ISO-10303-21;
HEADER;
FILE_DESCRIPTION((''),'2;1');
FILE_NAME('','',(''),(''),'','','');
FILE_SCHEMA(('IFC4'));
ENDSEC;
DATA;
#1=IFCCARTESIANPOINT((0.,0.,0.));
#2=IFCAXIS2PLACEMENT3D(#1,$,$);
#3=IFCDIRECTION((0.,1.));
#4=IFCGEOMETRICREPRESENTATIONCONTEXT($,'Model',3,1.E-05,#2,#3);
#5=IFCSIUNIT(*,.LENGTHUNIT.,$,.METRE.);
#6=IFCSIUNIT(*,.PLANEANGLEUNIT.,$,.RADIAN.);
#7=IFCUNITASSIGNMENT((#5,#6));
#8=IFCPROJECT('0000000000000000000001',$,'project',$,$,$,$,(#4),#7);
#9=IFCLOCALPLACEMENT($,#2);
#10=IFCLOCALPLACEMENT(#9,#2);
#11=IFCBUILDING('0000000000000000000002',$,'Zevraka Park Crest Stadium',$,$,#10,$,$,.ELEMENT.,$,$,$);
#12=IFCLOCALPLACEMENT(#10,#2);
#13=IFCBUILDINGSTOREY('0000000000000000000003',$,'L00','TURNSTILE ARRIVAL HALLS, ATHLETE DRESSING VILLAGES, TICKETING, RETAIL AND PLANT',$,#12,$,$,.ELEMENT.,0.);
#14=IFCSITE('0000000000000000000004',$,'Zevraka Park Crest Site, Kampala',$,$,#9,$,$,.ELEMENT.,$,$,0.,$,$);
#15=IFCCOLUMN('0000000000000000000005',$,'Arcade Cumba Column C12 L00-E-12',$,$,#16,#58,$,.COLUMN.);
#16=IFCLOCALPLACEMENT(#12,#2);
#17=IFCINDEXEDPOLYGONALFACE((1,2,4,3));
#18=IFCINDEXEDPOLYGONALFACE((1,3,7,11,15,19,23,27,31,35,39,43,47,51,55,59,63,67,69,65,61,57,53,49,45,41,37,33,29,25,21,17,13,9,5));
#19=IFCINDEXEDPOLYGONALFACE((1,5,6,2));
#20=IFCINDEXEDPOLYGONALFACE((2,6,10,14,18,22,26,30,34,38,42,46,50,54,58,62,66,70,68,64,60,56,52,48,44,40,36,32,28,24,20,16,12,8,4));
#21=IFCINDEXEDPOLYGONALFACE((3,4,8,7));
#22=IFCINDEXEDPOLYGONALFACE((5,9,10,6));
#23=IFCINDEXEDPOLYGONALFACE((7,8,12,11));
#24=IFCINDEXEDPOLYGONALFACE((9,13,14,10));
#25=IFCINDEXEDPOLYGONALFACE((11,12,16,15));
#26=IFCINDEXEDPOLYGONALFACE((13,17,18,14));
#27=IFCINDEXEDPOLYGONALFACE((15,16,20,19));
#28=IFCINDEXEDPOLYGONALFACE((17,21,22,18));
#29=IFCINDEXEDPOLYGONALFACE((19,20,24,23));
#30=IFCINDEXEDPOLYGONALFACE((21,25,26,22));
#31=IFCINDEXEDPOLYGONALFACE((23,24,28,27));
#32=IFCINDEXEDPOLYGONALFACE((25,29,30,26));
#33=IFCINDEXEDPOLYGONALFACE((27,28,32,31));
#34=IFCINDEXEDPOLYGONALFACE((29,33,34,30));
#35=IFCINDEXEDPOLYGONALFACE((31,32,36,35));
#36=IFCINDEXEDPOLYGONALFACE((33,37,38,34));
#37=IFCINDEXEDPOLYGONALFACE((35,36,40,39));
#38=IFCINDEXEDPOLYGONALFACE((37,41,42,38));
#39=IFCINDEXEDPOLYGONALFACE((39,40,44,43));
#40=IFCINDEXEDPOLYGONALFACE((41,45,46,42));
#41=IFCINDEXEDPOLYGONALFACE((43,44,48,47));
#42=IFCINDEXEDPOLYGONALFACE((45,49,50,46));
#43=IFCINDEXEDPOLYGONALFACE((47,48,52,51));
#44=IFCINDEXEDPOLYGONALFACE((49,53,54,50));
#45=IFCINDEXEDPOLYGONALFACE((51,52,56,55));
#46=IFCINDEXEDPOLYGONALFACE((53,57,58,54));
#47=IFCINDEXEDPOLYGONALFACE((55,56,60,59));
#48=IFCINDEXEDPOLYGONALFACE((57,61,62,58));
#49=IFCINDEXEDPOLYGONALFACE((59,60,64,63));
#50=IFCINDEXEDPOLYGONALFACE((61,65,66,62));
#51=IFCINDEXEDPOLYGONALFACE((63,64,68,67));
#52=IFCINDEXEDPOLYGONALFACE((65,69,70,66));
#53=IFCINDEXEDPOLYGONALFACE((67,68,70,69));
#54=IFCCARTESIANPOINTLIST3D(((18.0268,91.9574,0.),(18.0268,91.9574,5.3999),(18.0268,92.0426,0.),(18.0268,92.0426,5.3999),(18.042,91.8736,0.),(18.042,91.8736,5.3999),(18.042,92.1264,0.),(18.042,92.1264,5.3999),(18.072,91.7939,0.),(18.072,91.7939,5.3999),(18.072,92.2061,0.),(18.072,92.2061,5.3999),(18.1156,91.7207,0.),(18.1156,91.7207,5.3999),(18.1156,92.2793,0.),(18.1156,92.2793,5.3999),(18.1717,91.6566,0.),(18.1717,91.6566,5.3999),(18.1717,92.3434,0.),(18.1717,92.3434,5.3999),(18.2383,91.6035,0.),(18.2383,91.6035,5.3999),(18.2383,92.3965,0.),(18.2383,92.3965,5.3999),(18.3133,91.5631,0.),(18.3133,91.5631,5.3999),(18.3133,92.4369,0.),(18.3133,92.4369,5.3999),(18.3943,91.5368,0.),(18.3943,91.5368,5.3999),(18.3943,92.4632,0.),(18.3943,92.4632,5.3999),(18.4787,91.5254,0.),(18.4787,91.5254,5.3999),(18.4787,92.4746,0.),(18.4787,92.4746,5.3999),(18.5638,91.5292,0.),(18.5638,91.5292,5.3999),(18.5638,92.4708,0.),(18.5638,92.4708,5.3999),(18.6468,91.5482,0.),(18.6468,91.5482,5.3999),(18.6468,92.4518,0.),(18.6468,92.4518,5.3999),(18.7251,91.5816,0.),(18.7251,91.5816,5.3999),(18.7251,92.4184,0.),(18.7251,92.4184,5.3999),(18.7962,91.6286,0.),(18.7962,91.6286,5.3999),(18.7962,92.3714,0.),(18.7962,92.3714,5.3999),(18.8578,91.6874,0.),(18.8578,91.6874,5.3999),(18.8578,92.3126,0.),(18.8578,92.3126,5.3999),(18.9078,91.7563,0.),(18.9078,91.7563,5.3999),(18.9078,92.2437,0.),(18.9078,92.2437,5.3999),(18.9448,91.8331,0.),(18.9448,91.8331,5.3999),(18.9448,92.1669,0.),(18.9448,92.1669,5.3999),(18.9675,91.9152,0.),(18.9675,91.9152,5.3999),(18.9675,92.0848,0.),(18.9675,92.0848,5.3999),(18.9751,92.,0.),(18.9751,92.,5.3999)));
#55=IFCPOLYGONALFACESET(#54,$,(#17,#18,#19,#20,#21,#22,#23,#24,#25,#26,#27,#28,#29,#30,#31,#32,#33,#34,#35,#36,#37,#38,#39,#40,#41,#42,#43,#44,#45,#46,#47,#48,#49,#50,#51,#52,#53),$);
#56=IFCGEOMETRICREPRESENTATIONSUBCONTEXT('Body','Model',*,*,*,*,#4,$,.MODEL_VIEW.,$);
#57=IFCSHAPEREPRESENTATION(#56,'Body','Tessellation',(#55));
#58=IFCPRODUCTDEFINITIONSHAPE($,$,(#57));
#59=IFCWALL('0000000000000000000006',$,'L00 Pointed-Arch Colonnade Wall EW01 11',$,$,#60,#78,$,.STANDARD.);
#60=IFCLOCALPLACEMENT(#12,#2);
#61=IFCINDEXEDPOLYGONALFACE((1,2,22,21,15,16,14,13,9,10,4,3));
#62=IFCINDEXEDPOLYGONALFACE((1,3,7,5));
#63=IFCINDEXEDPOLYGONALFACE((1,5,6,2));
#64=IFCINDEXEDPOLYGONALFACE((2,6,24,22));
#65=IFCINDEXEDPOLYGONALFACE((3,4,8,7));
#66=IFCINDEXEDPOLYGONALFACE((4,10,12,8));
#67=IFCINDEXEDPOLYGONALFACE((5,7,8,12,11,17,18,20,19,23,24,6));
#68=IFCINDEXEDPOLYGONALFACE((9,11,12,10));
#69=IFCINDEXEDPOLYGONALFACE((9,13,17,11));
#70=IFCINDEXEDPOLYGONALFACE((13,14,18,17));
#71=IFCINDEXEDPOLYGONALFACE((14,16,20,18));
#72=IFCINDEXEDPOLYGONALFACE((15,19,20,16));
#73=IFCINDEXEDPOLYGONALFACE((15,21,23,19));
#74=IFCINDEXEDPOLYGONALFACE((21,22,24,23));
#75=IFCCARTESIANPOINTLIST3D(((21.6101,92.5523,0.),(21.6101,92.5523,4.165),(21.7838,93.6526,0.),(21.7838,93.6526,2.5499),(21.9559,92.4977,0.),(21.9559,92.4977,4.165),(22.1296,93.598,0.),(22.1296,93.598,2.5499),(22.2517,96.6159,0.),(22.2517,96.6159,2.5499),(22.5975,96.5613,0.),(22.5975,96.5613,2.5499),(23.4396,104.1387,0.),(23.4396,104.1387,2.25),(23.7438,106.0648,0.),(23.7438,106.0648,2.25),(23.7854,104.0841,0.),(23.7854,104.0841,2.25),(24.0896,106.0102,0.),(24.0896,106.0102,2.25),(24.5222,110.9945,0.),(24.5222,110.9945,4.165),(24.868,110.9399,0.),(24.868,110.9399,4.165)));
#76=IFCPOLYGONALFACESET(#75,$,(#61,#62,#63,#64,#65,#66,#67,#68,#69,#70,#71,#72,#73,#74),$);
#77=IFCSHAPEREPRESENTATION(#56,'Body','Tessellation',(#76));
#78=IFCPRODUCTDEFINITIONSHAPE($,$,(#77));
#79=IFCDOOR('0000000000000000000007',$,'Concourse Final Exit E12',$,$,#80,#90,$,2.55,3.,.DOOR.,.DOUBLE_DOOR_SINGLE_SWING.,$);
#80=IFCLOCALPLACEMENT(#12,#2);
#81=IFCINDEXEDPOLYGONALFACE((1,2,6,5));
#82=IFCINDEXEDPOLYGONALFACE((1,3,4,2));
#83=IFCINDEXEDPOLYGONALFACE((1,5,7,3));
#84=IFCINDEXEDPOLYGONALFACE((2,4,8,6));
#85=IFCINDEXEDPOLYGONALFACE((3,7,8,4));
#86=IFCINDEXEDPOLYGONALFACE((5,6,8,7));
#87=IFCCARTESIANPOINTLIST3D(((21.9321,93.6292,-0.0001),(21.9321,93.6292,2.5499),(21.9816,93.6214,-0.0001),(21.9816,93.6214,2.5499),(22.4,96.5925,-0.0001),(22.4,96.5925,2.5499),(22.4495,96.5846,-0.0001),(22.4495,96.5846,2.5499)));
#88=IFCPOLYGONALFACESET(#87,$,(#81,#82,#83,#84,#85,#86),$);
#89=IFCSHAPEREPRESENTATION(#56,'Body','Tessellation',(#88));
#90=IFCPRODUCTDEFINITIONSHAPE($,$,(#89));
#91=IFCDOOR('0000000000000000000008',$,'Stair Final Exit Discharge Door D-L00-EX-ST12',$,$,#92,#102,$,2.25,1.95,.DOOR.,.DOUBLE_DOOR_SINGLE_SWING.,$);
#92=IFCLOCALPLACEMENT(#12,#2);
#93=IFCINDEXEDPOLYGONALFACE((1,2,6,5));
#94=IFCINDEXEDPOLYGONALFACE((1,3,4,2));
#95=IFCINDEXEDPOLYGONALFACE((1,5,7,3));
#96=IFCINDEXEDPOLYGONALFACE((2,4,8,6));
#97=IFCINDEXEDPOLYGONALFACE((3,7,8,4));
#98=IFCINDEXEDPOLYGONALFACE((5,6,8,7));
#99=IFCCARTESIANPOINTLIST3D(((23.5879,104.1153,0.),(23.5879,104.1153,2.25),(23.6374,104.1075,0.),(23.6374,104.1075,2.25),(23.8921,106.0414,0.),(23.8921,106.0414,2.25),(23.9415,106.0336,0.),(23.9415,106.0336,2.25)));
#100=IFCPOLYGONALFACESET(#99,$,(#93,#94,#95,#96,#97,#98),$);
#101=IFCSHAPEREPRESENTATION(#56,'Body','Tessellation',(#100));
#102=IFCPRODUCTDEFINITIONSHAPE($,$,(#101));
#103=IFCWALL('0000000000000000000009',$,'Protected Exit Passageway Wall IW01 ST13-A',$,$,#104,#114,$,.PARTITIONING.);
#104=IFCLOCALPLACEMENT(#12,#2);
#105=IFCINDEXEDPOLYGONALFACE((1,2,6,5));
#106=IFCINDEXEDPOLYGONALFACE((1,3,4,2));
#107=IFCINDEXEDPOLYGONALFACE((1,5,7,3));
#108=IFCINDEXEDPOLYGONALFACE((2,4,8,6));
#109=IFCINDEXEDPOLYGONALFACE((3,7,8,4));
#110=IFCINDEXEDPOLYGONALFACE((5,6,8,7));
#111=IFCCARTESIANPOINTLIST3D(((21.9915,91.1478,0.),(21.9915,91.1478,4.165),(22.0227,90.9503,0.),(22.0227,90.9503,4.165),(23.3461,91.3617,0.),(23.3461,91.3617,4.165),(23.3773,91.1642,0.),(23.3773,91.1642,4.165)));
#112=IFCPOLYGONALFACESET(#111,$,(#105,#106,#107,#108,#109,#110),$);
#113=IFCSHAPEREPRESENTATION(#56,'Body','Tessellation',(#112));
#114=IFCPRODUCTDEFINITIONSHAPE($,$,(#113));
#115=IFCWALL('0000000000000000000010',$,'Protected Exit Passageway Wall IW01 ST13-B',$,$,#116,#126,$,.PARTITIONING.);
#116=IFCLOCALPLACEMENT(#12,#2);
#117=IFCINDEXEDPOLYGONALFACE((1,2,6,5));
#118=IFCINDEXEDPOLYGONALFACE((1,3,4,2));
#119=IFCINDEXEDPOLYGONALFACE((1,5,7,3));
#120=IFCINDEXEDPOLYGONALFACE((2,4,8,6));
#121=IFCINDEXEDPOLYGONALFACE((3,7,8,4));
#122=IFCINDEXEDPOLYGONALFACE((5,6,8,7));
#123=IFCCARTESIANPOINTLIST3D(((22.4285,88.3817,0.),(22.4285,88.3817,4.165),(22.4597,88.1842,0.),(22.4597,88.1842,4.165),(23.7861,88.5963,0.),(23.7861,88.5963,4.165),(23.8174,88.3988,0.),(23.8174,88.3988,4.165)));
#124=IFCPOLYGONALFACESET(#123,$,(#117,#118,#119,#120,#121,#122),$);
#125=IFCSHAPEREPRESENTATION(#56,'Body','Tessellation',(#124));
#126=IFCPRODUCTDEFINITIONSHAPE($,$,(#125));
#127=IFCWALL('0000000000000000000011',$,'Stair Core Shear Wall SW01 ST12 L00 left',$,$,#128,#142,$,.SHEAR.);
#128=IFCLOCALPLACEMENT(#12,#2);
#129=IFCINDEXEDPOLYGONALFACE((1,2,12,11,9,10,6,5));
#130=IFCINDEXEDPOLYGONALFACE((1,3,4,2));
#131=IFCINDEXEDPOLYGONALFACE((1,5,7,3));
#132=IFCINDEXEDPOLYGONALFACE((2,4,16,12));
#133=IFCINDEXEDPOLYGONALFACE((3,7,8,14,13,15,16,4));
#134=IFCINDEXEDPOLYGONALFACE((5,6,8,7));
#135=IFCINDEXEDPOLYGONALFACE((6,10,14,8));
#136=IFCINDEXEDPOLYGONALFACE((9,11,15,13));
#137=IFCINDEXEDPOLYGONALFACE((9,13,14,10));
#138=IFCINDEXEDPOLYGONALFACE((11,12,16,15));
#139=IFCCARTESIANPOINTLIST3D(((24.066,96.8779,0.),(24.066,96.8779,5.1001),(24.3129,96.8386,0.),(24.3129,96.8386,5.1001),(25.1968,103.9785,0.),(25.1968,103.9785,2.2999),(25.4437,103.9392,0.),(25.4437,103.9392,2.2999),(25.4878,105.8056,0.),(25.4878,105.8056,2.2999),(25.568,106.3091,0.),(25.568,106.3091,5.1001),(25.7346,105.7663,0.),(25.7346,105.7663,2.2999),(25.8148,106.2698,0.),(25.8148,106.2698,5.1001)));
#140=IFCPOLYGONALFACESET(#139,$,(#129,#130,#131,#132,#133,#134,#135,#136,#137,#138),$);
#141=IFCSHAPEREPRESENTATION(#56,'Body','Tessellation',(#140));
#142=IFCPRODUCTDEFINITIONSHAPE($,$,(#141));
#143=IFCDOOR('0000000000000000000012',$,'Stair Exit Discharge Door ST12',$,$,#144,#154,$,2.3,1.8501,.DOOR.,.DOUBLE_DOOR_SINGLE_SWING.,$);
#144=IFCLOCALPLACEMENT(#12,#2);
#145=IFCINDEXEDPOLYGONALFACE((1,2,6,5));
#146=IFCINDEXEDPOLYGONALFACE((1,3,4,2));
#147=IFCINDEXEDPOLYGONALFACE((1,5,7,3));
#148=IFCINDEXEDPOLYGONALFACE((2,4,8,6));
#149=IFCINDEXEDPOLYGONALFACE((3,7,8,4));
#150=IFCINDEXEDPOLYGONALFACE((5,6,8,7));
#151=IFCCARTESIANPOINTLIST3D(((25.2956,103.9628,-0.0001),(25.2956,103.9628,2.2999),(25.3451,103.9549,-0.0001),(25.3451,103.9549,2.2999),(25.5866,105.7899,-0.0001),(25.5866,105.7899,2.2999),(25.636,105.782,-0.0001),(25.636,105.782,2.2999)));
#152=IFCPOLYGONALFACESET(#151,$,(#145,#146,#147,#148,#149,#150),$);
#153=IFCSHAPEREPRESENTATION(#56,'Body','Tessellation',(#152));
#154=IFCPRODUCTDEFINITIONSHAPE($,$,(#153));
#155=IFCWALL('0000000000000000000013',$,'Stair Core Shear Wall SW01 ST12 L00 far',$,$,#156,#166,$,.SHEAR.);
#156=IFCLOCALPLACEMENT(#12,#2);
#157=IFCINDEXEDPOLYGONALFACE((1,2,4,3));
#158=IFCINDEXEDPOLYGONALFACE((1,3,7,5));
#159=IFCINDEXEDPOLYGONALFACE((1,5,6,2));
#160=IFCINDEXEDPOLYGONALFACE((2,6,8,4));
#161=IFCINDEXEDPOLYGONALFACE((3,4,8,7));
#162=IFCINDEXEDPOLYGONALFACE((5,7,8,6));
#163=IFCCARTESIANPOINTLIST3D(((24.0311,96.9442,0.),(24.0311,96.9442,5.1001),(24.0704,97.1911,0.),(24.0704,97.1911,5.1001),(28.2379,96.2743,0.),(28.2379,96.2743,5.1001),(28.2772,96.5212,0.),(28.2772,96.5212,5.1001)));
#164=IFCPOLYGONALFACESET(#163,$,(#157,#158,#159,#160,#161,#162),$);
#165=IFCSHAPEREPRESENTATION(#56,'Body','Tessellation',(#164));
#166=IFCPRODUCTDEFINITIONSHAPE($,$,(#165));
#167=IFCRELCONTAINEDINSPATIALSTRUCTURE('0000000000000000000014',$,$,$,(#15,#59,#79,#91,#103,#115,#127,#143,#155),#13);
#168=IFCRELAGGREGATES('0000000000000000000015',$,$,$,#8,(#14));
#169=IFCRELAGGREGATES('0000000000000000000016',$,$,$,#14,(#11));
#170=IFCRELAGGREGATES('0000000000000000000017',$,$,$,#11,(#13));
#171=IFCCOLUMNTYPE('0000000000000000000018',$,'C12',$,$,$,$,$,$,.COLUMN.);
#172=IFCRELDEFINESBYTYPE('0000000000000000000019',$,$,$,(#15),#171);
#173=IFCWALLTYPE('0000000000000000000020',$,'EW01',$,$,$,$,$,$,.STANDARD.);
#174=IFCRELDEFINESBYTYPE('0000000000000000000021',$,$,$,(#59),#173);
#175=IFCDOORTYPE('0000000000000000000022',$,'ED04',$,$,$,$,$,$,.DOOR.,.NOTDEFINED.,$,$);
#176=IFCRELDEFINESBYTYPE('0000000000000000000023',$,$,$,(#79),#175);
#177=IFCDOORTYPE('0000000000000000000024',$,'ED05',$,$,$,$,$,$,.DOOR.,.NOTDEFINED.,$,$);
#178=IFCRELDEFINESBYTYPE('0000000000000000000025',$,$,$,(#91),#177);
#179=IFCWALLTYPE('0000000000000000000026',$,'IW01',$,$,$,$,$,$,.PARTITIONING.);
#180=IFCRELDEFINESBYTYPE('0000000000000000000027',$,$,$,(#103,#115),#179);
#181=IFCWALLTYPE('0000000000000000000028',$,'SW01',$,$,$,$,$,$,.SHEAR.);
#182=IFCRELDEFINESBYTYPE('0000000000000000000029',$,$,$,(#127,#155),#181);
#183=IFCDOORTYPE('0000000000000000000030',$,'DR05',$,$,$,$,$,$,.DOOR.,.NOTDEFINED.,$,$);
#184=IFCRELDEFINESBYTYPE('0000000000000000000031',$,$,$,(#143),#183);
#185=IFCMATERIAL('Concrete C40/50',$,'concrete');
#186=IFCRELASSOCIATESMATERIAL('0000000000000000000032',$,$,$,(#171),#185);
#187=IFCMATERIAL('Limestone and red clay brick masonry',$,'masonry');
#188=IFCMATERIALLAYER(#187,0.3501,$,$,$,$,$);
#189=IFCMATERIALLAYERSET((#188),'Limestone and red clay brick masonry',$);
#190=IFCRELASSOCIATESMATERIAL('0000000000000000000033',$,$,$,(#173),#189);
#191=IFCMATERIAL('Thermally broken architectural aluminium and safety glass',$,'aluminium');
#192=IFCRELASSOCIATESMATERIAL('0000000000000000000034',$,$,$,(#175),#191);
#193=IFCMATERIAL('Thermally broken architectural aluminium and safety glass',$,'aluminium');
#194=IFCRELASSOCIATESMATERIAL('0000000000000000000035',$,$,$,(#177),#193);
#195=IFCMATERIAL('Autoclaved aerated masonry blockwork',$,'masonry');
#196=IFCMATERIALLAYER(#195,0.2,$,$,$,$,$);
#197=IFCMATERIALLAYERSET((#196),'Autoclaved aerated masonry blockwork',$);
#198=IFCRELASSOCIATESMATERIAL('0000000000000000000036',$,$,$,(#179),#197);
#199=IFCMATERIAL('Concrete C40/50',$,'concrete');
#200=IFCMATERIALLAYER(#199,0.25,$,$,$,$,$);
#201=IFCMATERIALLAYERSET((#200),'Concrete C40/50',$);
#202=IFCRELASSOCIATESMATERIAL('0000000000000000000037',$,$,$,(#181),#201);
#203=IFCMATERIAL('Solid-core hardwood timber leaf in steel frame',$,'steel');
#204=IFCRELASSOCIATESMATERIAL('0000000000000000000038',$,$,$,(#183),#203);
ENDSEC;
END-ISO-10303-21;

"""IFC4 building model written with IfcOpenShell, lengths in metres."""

from ifc_helpers import new_model, si_unit, direction, frame, frame_2d, origin, origin_2d, place, context, subcontext, project, spatial, rectangle, circle, extrude, material, layer, layer_set, material_profile, profile_set, type_object, element, fill, save


model = new_model("IFC4")

# Units and contexts
model_context = context("Model", 3, precision=1e-05, world=origin(), true_north=direction((0.0, 1.0)))
body_context = subcontext(model_context, "Body", "Model", "MODEL_VIEW")
ifc_project = project(units=[si_unit("LENGTHUNIT", "METRE"), si_unit("PLANEANGLEUNIT", "RADIAN")], contexts=[model_context])

# Site, building, storey
site_placement = place(None, origin())
site = spatial("IfcSite", under=ifc_project, at=site_placement, Name="Zevraka Park Crest Site, Kampala", CompositionType="ELEMENT", RefElevation=0.0)
building_placement = place(site_placement, origin())
building = spatial("IfcBuilding", under=site, at=building_placement, Name="Zevraka Park Crest Stadium", CompositionType="ELEMENT")
storey_placement = place(building_placement, origin())
storey = spatial("IfcBuildingStorey", under=building, at=storey_placement, Name="L00", Description="TURNSTILE ARRIVAL HALLS, ATHLETE DRESSING VILLAGES, TICKETING, RETAIL AND PLANT", CompositionType="ELEMENT", Elevation=0.0)

# Column
ifc_material_1 = material(Name="Concrete C40/50", Category="concrete")
ifc_material_profile_1 = material_profile(ifc_material_1, circle(Radius=0.4751, at=origin_2d()), Name="RC D950")
ifc_profile_set_1 = profile_set([ifc_material_profile_1], Name="Concrete C40/50")
column_type_1 = type_object("IfcColumnType", Name="C12", PredefinedType="COLUMN", material=ifc_profile_set_1)
column_1_placement = place(storey_placement, frame((18.5, 92.0, 0.0), z_axis=(0.0, 0.0, 1.0), x_axis=(1.0, 0.0, 0.0)))
element("IfcColumn", 1, at=column_1_placement, inside=storey, type_object=column_type_1, Name="Arcade Cumba Column C12 L00-E-12", PredefinedType="COLUMN", context=body_context, shape_type="SweptSolid", body=[
    extrude(circle(Radius=0.4751, at=origin_2d()), origin(), (0.0, 0.0, 1.0), 5.3999),
])

# Wall, openings, doors
ifc_material_2 = material(Name="Limestone and red clay brick masonry", Category="masonry")
ifc_layer_1 = layer(ifc_material_2, 0.3501)
ifc_layer_set_1 = layer_set([ifc_layer_1], Name="Limestone and red clay brick masonry")
wall_type_1 = type_object("IfcWallType", Name="EW01", PredefinedType="STANDARD", material=ifc_layer_set_1)
wall_1_placement = place(storey_placement, frame((21.783, 92.5249, 0.0), z_axis=(0.0, 0.0, 1.0), x_axis=(0.155973, 0.987761, 0.0)))
wall_1 = element("IfcWall", 2, at=wall_1_placement, inside=storey, type_object=wall_type_1, Name="L00 Pointed-Arch Colonnade Wall EW01 11", PredefinedType="STANDARD", context=body_context, shape_type="SweptSolid", body=[
    extrude(rectangle(XDim=18.6707, YDim=0.3501, at=frame_2d((9.3354, 0.0))), origin(), (0.0, 0.0, 1.0), 4.165),
])
opening_1_placement = place(wall_1_placement, frame((11.73, 0.0, 0.0)))
opening_1 = element("IfcOpeningElement", 3, at=opening_1_placement, cuts=wall_1, PredefinedType="OPENING", context=body_context, shape_type="SweptSolid", body=[
    extrude(rectangle(XDim=1.95, YDim=2.25, at=frame_2d((0.9751, 1.125))), frame((0.0, 0.1851, 0.0), z_axis=(0.0, -1.0, 0.0), x_axis=(1.0, 0.0, 0.0)), (0.0, 0.0, 1.0), 0.3701),
])
opening_2_placement = place(wall_1_placement, frame((1.114, 0.0, 0.0)))
opening_2 = element("IfcOpeningElement", 4, at=opening_2_placement, cuts=wall_1, PredefinedType="OPENING", context=body_context, shape_type="SweptSolid", body=[
    extrude(rectangle(XDim=3.0, YDim=2.55, at=frame_2d((1.5, 1.2749))), frame((0.0, 0.1851, 0.0), z_axis=(0.0, -1.0, 0.0), x_axis=(1.0, 0.0, 0.0)), (0.0, 0.0, 1.0), 0.3701),
])
ifc_material_3 = material(Name="Thermally broken architectural aluminium and safety glass", Category="aluminium")
door_type_1 = type_object("IfcDoorType", Name="ED04", OperationType="NOTDEFINED", PredefinedType="DOOR", material=ifc_material_3)
door_1_placement = place(opening_2_placement, origin())
door_1 = element("IfcDoor", 5, at=door_1_placement, inside=storey, type_object=door_type_1, Name="Concourse Final Exit E12", OperationType="DOUBLE_DOOR_SINGLE_SWING", OverallHeight=2.55, OverallWidth=3.0, PredefinedType="DOOR", context=body_context, shape_type="SweptSolid", body=[
    extrude(rectangle(XDim=3.0, YDim=2.55, at=frame_2d((1.5, 1.2749))), frame((0.0, 0.0249, 0.0), z_axis=(0.0, -1.0, 0.0), x_axis=(1.0, 0.0, 0.0)), (0.0, 0.0, 1.0), 0.05),
])
fill(opening_2, door_1)
ifc_material_4 = material(Name="Thermally broken architectural aluminium and safety glass", Category="aluminium")
door_type_2 = type_object("IfcDoorType", Name="ED05", OperationType="NOTDEFINED", PredefinedType="DOOR", material=ifc_material_4)
door_2_placement = place(opening_1_placement, origin())
door_2 = element("IfcDoor", 6, at=door_2_placement, inside=storey, type_object=door_type_2, Name="Stair Final Exit Discharge Door D-L00-EX-ST12", OperationType="DOUBLE_DOOR_SINGLE_SWING", OverallHeight=2.25, OverallWidth=1.95, PredefinedType="DOOR", context=body_context, shape_type="SweptSolid", body=[
    extrude(rectangle(XDim=1.95, YDim=2.25, at=frame_2d((0.9751, 1.125))), frame((0.0, 0.0249, 0.0), z_axis=(0.0, -1.0, 0.0), x_axis=(1.0, 0.0, 0.0)), (0.0, 0.0, 1.0), 0.05),
])
fill(opening_1, door_2)

# Walls
ifc_material_5 = material(Name="Autoclaved aerated masonry blockwork", Category="masonry")
ifc_layer_2 = layer(ifc_material_5, 0.2)
ifc_layer_set_2 = layer_set([ifc_layer_2], Name="Autoclaved aerated masonry blockwork")
wall_type_2 = type_object("IfcWallType", Name="IW01", PredefinedType="PARTITIONING", material=ifc_layer_set_2)
wall_2_placement = place(storey_placement, frame((23.3616, 91.2629, 0.0), z_axis=(0.0, 0.0, 1.0), x_axis=(-0.987763, -0.155963, 0.0)))
element("IfcWall", 7, at=wall_2_placement, inside=storey, type_object=wall_type_2, Name="Protected Exit Passageway Wall IW01 ST13-A", PredefinedType="PARTITIONING", context=body_context, shape_type="SweptSolid", body=[
    extrude(rectangle(XDim=1.3713, YDim=0.2, at=frame_2d((0.6855, 0.0))), origin(), (0.0, 0.0, 1.0), 4.165),
])
wall_3_placement = place(storey_placement, frame((23.8018, 88.4976, 0.0), z_axis=(0.0, 0.0, 1.0), x_axis=(-0.987737, -0.156127, 0.0)))
element("IfcWall", 8, at=wall_3_placement, inside=storey, type_object=wall_type_2, Name="Protected Exit Passageway Wall IW01 ST13-B", PredefinedType="PARTITIONING", context=body_context, shape_type="SweptSolid", body=[
    extrude(rectangle(XDim=1.3745, YDim=0.2, at=frame_2d((0.6873, 0.0))), origin(), (0.0, 0.0, 1.0), 4.165),
])

# Wall, opening, door
ifc_material_6 = material(Name="Concrete C40/50", Category="concrete")
ifc_layer_3 = layer(ifc_material_6, 0.25)
ifc_layer_set_3 = layer_set([ifc_layer_3], Name="Concrete C40/50")
wall_type_3 = type_object("IfcWallType", Name="SW01", PredefinedType="SHEAR", material=ifc_layer_set_3)
wall_4_placement = place(storey_placement, frame((24.1895, 96.8584, 0.0), z_axis=(0.0, 0.0, 1.0), x_axis=(0.157273, 0.987555, 0.0)))
wall_4 = element("IfcWall", 9, at=wall_4_placement, inside=storey, type_object=wall_type_3, Name="Stair Core Shear Wall SW01 ST12 L00 left", PredefinedType="SHEAR", context=body_context, shape_type="SweptSolid", body=[
    extrude(rectangle(XDim=9.55, YDim=0.25, at=frame_2d((4.7749, 0.0))), origin(), (0.0, 0.0, 1.0), 5.1001),
])
opening_3_placement = place(wall_4_placement, frame((7.1899, 0.0, 0.0)))
opening_3 = element("IfcOpeningElement", 10, at=opening_3_placement, cuts=wall_4, PredefinedType="OPENING", context=body_context, shape_type="SweptSolid", body=[
    extrude(rectangle(XDim=1.8501, YDim=2.3, at=frame_2d((0.925, 1.1499))), frame((0.0, 0.135, 0.0), z_axis=(0.0, -1.0, 0.0), x_axis=(1.0, 0.0, 0.0)), (0.0, 0.0, 1.0), 0.27),
])
ifc_material_7 = material(Name="Solid-core hardwood timber leaf in steel frame", Category="steel")
door_type_3 = type_object("IfcDoorType", Name="DR05", OperationType="NOTDEFINED", PredefinedType="DOOR", material=ifc_material_7)
door_3_placement = place(opening_3_placement, origin())
door_3 = element("IfcDoor", 11, at=door_3_placement, inside=storey, type_object=door_type_3, Name="Stair Exit Discharge Door ST12", OperationType="DOUBLE_DOOR_SINGLE_SWING", OverallHeight=2.3, OverallWidth=1.8501, PredefinedType="DOOR", context=body_context, shape_type="SweptSolid", body=[
    extrude(rectangle(XDim=1.8501, YDim=2.3, at=frame_2d((0.925, 1.1499))), frame((0.0, 0.0249, 0.0), z_axis=(0.0, -1.0, 0.0), x_axis=(1.0, 0.0, 0.0)), (0.0, 0.0, 1.0), 0.05),
])
fill(opening_3, door_3)

# Wall
wall_5_placement = place(storey_placement, frame((24.0508, 97.0676, 0.0), z_axis=(0.0, 0.0, 1.0), x_axis=(0.987556, -0.157266, 0.0)))
element("IfcWall", 12, at=wall_5_placement, inside=storey, type_object=wall_type_3, Name="Stair Core Shear Wall SW01 ST12 L00 far", PredefinedType="SHEAR", context=body_context, shape_type="SweptSolid", body=[
    extrude(rectangle(XDim=4.2598, YDim=0.25, at=frame_2d((2.1299, 0.0))), origin(), (0.0, 0.0, 1.0), 5.1001),
])

save(model, "model.ifc")
